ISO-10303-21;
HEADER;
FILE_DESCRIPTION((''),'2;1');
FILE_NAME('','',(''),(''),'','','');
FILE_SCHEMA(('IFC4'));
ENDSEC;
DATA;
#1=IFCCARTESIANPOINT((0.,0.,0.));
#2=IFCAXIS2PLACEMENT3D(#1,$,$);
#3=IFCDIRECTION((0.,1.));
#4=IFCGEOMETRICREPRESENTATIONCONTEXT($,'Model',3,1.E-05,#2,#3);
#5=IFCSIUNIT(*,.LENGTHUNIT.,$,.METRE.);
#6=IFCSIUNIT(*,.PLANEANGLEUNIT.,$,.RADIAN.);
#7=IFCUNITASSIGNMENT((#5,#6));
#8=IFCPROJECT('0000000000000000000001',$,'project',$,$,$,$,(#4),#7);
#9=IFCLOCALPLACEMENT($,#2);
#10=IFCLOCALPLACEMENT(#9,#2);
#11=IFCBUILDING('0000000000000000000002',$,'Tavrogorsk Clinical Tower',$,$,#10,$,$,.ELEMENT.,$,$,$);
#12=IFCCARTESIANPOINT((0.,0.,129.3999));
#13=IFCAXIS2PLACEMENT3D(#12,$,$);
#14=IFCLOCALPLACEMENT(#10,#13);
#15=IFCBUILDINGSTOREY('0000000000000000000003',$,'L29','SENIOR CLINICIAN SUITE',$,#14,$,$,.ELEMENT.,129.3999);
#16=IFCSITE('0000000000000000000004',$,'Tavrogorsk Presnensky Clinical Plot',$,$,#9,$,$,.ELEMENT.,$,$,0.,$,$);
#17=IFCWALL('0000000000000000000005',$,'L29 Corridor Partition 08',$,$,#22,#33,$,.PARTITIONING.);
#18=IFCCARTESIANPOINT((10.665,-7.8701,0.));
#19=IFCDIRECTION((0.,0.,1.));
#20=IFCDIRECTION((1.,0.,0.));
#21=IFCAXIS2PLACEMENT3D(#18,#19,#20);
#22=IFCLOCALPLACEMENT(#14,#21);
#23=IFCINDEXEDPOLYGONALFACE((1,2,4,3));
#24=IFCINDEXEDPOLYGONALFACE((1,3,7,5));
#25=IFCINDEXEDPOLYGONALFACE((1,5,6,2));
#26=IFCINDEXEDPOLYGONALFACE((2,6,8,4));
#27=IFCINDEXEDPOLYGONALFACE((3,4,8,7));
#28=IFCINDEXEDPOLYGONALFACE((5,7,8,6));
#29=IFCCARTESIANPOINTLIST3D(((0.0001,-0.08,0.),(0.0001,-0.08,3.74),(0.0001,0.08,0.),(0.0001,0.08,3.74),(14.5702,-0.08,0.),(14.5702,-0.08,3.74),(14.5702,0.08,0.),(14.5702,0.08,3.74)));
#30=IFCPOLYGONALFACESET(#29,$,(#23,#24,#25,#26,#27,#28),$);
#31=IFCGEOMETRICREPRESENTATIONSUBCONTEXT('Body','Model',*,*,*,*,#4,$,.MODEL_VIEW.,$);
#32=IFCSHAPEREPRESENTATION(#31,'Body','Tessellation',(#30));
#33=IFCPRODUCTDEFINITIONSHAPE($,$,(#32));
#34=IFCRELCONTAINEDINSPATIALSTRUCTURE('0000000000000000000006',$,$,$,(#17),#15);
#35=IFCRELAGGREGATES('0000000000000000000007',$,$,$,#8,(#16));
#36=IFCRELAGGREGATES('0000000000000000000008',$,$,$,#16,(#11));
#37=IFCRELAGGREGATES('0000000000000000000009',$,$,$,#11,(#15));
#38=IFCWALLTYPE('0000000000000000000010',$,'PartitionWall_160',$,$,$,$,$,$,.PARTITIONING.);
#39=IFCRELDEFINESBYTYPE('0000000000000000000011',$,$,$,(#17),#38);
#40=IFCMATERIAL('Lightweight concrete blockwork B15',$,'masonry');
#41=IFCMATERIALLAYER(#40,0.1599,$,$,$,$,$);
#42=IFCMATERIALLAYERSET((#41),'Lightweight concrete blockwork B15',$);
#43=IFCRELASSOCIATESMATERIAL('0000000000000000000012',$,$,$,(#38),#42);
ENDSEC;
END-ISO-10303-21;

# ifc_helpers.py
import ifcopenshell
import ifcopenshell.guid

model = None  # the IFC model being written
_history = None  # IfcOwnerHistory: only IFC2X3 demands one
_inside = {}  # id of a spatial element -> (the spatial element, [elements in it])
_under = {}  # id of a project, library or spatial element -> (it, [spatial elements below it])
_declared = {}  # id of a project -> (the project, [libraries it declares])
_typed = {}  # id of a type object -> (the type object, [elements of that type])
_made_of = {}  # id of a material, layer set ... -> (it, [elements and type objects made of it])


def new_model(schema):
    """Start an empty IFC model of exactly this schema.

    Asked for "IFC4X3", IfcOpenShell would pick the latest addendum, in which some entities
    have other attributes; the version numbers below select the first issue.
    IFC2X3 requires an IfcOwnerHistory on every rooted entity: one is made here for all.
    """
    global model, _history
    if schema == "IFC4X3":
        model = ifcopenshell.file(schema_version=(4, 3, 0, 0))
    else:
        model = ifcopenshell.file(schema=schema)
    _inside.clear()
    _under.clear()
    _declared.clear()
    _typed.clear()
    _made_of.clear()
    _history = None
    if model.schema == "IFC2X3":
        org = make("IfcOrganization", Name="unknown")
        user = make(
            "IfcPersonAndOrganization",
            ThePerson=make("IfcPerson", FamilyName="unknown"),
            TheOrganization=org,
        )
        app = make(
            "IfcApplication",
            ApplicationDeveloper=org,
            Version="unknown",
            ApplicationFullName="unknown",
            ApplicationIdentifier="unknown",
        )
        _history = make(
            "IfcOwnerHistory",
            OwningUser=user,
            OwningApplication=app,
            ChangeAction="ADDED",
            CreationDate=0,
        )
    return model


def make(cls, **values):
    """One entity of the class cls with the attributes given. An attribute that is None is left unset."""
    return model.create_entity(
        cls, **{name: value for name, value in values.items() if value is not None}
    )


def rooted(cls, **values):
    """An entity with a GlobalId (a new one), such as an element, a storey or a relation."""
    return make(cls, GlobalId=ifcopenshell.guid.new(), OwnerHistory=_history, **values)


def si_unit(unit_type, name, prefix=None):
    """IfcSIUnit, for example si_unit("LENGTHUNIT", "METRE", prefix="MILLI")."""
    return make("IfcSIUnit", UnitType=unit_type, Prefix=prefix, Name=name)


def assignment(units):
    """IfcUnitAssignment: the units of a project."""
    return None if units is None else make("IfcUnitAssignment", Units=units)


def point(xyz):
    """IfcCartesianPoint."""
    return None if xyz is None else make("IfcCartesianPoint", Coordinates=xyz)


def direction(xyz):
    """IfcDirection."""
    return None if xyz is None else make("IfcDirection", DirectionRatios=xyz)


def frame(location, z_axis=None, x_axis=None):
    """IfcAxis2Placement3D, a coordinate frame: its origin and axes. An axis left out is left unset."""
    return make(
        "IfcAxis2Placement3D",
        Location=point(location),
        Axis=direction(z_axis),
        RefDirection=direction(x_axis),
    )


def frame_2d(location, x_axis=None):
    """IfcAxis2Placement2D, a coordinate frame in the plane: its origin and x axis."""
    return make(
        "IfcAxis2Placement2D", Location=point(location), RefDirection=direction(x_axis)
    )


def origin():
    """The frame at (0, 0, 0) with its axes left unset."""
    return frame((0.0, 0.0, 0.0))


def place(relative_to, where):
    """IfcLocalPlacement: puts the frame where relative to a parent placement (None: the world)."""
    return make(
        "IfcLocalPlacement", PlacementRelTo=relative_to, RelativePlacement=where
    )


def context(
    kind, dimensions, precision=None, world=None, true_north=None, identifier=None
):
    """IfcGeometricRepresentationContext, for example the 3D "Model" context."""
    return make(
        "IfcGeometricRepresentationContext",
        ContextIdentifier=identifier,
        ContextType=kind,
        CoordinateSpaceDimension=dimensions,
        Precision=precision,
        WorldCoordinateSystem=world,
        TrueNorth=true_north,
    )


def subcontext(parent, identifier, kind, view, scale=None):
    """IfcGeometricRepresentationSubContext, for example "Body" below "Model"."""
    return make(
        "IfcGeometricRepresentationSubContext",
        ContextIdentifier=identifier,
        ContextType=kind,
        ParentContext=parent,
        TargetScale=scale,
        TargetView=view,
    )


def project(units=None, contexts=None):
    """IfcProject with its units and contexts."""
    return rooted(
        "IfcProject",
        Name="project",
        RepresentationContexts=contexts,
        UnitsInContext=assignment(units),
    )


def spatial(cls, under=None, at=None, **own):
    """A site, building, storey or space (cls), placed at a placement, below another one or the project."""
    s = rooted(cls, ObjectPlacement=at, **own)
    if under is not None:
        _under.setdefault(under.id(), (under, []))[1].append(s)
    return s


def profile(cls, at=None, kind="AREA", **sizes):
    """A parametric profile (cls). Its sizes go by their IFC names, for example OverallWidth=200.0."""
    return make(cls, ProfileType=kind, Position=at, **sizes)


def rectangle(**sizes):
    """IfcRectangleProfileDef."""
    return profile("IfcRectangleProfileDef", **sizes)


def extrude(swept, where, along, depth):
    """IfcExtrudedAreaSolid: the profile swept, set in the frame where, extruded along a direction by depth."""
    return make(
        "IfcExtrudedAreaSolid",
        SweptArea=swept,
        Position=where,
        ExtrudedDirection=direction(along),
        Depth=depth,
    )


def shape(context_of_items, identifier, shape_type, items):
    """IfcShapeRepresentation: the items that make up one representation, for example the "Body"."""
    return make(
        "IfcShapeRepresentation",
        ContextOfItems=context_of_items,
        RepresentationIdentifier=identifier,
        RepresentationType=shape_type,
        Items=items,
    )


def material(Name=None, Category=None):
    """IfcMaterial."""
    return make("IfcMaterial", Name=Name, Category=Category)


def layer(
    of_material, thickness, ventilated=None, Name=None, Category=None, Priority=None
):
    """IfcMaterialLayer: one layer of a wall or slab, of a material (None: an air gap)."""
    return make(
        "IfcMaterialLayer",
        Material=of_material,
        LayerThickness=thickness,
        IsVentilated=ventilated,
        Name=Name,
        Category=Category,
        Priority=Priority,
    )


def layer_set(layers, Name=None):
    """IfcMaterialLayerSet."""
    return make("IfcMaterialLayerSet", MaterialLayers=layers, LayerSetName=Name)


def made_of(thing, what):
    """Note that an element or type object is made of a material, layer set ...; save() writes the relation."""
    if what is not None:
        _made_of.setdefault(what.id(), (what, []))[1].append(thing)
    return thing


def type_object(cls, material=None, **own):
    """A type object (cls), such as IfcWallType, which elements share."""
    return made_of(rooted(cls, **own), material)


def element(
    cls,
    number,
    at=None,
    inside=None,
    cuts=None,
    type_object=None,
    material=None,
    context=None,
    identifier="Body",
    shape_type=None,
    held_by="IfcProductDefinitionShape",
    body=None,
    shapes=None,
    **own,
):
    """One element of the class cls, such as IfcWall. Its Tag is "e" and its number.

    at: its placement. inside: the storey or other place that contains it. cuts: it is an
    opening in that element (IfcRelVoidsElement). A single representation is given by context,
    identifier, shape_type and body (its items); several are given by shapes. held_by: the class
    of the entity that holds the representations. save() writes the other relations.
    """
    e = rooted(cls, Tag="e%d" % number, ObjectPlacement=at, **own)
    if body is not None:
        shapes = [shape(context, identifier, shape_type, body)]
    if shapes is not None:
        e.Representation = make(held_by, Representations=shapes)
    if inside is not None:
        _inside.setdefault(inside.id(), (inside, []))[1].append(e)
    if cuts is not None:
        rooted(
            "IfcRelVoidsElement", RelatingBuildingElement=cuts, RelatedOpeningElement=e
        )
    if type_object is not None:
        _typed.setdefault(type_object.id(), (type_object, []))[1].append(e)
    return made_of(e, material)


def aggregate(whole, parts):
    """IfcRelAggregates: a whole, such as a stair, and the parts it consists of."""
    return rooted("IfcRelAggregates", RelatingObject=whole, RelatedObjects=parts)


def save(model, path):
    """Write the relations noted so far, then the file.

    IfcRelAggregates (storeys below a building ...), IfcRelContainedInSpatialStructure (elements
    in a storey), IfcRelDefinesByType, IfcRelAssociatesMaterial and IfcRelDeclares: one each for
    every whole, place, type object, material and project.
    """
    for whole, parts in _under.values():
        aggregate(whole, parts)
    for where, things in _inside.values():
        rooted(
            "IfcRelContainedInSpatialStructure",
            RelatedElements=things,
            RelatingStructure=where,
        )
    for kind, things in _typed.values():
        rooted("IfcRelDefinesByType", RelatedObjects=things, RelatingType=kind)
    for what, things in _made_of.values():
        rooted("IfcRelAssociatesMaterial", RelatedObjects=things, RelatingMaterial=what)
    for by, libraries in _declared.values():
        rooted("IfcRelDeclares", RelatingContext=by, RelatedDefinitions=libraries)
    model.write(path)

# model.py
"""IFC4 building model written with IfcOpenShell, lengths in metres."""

from ifc_helpers import new_model, si_unit, direction, frame, frame_2d, origin, place, context, subcontext, project, spatial, rectangle, extrude, material, layer, layer_set, type_object, element, save


model = new_model("IFC4")

# Units and contexts
model_context = context("Model", 3, precision=1e-05, world=origin(), true_north=direction((0.0, 1.0)))
body_context = subcontext(model_context, "Body", "Model", "MODEL_VIEW")
ifc_project = project(units=[si_unit("LENGTHUNIT", "METRE"), si_unit("PLANEANGLEUNIT", "RADIAN")], contexts=[model_context])

# Site, building, storey
site_placement = place(None, origin())
site = spatial("IfcSite", under=ifc_project, at=site_placement, Name="Tavrogorsk Presnensky Clinical Plot", CompositionType="ELEMENT", RefElevation=0.0)
building_placement = place(site_placement, origin())
building = spatial("IfcBuilding", under=site, at=building_placement, Name="Tavrogorsk Clinical Tower", CompositionType="ELEMENT")
storey_placement = place(building_placement, frame((0.0, 0.0, 129.3999)))
storey = spatial("IfcBuildingStorey", under=building, at=storey_placement, Name="L29", Description="SENIOR CLINICIAN SUITE", CompositionType="ELEMENT", Elevation=129.3999)

# Wall
ifc_material_1 = material(Name="Lightweight concrete blockwork B15", Category="masonry")
ifc_layer_1 = layer(ifc_material_1, 0.1599)
ifc_layer_set_1 = layer_set([ifc_layer_1], Name="Lightweight concrete blockwork B15")
wall_type_1 = type_object("IfcWallType", Name="PartitionWall_160", PredefinedType="PARTITIONING", material=ifc_layer_set_1)
wall_1_placement = place(storey_placement, frame((10.665, -7.8701, 0.0), z_axis=(0.0, 0.0, 1.0), x_axis=(1.0, 0.0, 0.0)))
element("IfcWall", 1, at=wall_1_placement, inside=storey, type_object=wall_type_1, Name="L29 Corridor Partition 08", PredefinedType="PARTITIONING", context=body_context, shape_type="SweptSolid", body=[
    extrude(rectangle(XDim=14.5701, YDim=0.1599, at=frame_2d((7.2852, 0.0))), origin(), (0.0, 0.0, 1.0), 3.74),
])

save(model, "model.ifc")
